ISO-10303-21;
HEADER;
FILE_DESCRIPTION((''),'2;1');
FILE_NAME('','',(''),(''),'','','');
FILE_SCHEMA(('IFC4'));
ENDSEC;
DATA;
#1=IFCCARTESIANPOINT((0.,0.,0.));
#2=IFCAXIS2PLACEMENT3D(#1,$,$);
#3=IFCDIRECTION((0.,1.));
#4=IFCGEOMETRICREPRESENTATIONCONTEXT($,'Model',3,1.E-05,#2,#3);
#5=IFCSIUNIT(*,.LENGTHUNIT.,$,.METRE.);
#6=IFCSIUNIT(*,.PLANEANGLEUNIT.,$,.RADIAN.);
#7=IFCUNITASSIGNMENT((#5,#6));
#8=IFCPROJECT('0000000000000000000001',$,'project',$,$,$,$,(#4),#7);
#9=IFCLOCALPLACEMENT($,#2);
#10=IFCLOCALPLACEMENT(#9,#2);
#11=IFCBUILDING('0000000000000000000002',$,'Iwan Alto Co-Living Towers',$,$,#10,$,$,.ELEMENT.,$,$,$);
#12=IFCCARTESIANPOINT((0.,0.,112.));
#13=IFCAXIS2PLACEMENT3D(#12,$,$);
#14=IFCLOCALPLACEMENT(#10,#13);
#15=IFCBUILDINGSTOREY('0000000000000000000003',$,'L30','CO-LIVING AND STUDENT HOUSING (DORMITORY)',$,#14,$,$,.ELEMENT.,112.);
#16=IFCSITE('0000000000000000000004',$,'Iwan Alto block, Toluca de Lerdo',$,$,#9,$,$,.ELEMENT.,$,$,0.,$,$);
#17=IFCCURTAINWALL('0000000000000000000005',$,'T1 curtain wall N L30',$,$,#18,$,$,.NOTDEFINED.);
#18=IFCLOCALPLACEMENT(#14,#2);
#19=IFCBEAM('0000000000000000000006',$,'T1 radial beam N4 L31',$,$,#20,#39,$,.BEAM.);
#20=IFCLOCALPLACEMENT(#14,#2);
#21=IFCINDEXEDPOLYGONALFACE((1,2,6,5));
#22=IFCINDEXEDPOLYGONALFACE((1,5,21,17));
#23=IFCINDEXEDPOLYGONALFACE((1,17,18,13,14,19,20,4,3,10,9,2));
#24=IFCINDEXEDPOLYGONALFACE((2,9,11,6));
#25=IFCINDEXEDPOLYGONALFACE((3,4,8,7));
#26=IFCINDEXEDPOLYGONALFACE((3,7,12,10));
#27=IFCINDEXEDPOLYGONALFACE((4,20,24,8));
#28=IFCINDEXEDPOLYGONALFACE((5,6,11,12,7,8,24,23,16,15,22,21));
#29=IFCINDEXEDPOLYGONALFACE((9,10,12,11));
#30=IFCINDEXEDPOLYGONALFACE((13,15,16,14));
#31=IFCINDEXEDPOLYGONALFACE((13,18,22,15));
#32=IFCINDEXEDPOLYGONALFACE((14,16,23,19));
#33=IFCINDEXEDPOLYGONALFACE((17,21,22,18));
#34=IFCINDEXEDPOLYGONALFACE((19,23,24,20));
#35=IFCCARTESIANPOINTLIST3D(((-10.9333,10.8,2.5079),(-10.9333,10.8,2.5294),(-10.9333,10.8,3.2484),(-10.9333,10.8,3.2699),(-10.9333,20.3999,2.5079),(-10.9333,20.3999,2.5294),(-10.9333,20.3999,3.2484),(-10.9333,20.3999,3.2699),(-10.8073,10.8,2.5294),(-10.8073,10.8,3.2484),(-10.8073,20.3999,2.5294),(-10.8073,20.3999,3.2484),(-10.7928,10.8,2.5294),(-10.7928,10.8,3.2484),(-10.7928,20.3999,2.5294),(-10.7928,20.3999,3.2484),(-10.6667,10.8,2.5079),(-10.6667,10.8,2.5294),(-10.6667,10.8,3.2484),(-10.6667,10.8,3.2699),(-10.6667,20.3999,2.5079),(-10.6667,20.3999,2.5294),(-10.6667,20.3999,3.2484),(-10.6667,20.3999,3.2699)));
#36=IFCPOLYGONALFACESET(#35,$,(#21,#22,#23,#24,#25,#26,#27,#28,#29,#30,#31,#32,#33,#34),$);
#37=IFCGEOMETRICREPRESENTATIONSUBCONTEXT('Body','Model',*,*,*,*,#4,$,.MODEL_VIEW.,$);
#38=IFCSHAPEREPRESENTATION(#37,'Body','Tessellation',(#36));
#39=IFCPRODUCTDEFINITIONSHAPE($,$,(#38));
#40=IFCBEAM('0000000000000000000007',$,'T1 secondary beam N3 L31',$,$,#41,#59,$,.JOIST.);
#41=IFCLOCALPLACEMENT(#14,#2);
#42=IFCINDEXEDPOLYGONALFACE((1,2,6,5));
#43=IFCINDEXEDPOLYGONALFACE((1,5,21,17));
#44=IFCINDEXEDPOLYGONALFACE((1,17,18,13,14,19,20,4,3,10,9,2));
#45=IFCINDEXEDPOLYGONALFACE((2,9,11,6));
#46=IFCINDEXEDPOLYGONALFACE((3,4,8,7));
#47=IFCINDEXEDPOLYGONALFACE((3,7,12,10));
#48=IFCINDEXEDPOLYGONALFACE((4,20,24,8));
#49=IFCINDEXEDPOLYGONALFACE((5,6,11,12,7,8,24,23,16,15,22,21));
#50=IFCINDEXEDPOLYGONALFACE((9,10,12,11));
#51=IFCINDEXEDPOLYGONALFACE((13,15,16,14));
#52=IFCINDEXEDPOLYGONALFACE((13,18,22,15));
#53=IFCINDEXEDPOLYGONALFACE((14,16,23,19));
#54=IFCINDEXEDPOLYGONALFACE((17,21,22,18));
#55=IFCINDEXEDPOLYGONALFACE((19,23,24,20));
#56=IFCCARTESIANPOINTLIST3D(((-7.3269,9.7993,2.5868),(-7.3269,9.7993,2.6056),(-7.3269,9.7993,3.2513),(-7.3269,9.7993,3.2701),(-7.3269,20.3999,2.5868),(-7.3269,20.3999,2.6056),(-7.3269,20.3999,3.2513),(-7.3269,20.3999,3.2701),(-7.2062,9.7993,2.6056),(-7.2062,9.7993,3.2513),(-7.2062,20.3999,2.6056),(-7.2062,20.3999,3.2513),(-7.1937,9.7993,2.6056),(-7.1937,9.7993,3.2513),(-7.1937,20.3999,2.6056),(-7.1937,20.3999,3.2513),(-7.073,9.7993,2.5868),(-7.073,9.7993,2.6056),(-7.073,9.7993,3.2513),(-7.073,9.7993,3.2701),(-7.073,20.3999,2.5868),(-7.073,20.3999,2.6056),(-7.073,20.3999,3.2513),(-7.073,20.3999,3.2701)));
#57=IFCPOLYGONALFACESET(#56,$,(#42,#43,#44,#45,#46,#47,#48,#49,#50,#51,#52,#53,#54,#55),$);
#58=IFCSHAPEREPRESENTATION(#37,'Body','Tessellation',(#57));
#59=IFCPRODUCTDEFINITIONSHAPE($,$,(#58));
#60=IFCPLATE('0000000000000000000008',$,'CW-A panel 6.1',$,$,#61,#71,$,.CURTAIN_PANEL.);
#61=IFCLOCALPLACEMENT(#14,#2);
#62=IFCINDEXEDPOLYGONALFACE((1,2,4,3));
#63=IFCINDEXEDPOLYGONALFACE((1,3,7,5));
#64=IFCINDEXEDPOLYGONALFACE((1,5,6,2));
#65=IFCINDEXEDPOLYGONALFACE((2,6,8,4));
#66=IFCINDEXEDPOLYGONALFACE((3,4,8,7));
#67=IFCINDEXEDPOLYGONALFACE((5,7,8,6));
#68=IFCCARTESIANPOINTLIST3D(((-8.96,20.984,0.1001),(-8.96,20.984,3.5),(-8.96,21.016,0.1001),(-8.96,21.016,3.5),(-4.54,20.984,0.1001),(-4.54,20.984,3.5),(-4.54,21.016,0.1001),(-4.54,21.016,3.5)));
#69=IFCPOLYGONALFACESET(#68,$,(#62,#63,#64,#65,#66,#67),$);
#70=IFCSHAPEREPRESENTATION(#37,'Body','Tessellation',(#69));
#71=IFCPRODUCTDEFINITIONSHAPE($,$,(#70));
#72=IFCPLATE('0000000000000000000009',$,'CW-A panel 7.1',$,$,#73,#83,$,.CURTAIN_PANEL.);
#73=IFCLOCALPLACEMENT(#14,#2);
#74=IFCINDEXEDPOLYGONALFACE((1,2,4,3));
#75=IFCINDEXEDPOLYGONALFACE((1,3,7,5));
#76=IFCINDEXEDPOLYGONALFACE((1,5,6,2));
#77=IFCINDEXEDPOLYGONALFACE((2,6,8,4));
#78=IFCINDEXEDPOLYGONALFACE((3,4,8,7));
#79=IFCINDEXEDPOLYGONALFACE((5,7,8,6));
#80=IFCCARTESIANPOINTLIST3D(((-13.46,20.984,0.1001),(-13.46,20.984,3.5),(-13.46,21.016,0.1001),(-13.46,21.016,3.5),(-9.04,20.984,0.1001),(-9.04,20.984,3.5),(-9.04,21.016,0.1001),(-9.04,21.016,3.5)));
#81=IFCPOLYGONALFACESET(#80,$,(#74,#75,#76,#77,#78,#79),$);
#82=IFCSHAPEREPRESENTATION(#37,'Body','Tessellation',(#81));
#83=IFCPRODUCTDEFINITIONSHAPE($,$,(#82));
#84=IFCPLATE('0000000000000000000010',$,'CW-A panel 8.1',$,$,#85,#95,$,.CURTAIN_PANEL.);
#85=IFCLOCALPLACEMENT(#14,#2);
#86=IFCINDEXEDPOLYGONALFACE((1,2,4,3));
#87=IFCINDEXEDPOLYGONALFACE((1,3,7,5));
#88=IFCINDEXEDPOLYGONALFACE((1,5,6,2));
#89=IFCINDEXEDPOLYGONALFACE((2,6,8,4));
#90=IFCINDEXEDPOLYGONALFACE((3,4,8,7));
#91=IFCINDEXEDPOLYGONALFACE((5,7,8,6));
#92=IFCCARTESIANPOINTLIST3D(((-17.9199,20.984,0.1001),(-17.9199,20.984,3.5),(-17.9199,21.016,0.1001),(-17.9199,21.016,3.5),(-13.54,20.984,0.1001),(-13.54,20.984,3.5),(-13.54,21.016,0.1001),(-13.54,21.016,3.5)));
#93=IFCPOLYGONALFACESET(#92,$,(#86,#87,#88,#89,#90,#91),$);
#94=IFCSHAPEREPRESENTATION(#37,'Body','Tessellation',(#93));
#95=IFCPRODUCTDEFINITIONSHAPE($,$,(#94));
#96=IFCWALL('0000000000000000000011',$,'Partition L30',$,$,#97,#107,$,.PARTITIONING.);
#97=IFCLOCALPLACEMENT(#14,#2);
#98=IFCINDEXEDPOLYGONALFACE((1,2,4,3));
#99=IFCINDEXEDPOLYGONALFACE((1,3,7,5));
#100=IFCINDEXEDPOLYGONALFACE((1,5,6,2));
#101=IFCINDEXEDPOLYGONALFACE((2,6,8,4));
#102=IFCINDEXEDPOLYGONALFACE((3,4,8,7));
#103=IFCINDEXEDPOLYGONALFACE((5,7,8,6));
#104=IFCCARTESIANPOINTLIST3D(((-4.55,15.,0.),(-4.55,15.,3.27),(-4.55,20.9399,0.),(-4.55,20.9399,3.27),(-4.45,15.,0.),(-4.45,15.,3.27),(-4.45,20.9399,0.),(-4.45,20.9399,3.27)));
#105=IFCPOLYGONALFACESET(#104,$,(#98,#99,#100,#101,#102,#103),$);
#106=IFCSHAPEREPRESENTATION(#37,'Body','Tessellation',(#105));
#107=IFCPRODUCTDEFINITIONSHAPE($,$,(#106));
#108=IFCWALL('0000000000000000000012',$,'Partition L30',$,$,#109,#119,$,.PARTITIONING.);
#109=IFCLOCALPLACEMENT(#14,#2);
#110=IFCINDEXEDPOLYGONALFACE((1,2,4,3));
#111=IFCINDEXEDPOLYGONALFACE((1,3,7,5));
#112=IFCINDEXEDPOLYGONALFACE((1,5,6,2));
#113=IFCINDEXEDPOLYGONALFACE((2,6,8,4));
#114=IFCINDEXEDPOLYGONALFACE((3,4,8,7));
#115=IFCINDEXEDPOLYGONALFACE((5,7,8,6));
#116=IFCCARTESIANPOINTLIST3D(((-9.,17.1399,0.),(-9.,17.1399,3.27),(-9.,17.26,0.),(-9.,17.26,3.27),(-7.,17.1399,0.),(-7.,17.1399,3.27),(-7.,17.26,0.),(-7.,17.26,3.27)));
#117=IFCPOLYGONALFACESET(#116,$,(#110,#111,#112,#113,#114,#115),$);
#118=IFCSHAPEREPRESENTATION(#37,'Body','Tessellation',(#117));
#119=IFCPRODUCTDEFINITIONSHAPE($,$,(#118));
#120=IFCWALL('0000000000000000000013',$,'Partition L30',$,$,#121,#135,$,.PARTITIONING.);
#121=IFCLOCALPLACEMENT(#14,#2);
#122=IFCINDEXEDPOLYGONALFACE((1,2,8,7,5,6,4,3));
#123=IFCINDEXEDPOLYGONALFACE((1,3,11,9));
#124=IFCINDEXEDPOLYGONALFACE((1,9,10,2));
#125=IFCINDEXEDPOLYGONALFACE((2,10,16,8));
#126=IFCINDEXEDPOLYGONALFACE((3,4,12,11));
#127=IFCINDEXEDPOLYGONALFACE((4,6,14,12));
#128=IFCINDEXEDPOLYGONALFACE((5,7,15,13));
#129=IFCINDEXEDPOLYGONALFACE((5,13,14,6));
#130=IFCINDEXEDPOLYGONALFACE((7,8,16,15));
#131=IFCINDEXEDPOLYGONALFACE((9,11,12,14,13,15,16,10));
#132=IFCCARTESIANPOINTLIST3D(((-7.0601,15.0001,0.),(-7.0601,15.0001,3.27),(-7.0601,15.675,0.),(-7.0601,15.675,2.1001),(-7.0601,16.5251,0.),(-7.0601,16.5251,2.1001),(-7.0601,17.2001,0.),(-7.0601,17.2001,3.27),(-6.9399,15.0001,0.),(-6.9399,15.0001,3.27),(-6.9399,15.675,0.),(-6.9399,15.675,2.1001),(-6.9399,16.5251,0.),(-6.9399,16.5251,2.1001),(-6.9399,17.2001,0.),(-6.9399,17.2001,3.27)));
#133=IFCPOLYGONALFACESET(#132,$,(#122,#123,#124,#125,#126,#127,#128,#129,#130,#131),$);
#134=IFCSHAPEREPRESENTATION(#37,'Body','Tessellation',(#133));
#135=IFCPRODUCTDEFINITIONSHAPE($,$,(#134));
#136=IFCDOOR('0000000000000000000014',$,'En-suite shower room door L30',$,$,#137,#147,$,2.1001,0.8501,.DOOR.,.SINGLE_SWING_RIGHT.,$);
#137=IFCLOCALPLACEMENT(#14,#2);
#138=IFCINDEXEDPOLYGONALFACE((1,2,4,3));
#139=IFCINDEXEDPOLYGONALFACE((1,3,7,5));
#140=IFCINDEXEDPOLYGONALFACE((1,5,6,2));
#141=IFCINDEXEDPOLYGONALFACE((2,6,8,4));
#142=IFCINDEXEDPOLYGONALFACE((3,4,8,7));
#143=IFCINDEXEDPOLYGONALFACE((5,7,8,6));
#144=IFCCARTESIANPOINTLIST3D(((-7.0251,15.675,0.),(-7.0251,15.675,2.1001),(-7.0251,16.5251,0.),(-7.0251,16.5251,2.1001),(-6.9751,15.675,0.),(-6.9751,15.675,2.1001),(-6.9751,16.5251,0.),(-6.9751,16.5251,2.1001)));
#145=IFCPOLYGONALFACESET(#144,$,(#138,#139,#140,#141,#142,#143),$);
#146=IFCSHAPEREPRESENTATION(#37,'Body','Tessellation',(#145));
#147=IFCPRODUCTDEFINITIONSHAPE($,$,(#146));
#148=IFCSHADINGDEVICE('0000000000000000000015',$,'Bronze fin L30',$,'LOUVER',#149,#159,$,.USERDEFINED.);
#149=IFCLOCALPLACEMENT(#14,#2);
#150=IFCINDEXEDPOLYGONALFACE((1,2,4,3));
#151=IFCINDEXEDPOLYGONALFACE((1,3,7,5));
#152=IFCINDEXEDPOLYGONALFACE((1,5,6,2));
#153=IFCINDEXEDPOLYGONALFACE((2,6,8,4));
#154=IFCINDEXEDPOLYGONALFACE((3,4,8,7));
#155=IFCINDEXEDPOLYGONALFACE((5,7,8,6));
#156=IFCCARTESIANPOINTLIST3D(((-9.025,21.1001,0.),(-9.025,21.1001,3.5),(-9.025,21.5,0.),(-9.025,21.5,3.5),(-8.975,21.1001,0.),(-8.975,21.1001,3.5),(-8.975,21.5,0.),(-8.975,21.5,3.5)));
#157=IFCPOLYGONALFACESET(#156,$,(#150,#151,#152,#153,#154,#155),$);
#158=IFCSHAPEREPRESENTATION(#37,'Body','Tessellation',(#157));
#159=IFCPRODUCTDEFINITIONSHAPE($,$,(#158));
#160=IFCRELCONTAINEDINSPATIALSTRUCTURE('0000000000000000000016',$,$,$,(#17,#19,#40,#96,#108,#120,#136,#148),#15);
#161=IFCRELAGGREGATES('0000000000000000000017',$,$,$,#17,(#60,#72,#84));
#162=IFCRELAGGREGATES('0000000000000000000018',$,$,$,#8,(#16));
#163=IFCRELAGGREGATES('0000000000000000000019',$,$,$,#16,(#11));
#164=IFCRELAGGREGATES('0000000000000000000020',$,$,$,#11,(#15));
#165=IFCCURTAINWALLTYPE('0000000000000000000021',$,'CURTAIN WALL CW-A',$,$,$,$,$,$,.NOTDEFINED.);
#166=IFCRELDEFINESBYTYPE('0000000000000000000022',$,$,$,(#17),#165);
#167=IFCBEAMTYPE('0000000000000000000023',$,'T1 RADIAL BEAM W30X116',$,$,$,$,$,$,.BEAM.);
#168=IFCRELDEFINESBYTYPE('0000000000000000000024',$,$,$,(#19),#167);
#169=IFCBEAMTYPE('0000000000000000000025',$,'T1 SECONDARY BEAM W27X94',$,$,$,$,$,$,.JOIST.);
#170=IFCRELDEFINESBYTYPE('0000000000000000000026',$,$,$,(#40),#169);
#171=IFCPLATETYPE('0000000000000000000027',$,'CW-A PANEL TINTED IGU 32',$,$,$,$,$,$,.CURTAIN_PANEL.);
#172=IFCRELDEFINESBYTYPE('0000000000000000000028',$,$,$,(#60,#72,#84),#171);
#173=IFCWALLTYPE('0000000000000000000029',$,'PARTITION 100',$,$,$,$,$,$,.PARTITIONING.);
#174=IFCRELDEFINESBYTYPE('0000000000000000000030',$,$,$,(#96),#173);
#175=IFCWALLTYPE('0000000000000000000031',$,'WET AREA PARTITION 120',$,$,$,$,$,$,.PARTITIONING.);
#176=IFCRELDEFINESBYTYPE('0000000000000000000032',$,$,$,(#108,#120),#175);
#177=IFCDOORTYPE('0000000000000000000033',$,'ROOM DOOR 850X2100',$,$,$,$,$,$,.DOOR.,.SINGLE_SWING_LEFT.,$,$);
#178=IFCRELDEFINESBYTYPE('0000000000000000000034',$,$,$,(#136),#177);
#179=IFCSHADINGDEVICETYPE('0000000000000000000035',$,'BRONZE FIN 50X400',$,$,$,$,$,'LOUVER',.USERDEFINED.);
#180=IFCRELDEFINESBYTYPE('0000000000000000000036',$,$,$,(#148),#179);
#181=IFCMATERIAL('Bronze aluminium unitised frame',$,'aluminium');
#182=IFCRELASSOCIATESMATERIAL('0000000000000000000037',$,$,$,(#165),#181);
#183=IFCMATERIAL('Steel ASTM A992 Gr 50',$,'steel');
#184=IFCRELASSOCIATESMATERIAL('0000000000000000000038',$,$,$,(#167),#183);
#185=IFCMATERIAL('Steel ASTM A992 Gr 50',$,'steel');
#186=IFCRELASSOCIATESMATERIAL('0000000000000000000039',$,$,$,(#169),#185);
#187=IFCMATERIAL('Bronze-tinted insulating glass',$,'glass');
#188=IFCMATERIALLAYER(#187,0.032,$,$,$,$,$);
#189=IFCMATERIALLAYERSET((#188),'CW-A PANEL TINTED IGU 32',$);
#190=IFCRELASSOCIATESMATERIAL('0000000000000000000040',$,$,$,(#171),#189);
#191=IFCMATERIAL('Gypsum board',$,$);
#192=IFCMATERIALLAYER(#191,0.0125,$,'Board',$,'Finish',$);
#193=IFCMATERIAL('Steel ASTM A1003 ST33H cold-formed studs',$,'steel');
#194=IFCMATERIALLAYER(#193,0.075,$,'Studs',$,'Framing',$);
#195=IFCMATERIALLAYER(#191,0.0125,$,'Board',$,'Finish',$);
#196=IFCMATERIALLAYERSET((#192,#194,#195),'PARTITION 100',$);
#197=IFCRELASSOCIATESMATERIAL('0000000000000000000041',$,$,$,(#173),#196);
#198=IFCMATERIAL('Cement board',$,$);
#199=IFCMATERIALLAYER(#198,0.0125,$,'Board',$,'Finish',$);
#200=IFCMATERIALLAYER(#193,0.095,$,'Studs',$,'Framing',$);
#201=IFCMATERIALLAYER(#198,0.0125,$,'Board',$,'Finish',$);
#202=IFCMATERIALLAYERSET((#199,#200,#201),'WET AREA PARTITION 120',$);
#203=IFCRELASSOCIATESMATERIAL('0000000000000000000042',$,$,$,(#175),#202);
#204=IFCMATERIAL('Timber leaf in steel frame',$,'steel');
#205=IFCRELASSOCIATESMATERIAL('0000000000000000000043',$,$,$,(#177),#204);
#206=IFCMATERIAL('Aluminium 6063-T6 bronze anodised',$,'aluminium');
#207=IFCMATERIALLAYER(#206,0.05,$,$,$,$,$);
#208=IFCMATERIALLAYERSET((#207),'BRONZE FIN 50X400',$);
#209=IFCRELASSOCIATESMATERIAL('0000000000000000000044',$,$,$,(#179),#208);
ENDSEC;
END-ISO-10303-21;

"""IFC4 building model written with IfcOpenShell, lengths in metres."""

from ifc_helpers import new_model, si_unit, direction, frame, frame_2d, origin, origin_2d, place, context, subcontext, project, spatial, rectangle, i_section, extrude, material, layer, layer_set, material_profile, profile_set, type_object, element, fill, aggregate, save


model = new_model("IFC4")

# Units and contexts
model_context = context("Model", 3, precision=1e-05, world=origin(), true_north=direction((0.0, 1.0)))
body_context = subcontext(model_context, "Body", "Model", "MODEL_VIEW")
ifc_project = project(units=[si_unit("LENGTHUNIT", "METRE"), si_unit("PLANEANGLEUNIT", "RADIAN")], contexts=[model_context])

# Site, building, storey
site_placement = place(None, origin())
site = spatial("IfcSite", under=ifc_project, at=site_placement, Name="Iwan Alto block, Toluca de Lerdo", CompositionType="ELEMENT", RefElevation=0.0)
building_placement = place(site_placement, origin())
building = spatial("IfcBuilding", under=site, at=building_placement, Name="Iwan Alto Co-Living Towers", CompositionType="ELEMENT")
storey_placement = place(building_placement, frame((0.0, 0.0, 112.0)))
storey = spatial("IfcBuildingStorey", under=building, at=storey_placement, Name="L30", Description="CO-LIVING AND STUDENT HOUSING (DORMITORY)", CompositionType="ELEMENT", Elevation=112.0)

# Curtain wall
ifc_material_1 = material(Name="Bronze aluminium unitised frame", Category="aluminium")
curtain_wall_type = type_object("IfcCurtainWallType", Name="CURTAIN WALL CW-A", PredefinedType="NOTDEFINED", material=ifc_material_1)
curtain_wall_placement = place(storey_placement, origin())
curtain_wall = element("IfcCurtainWall", 1, at=curtain_wall_placement, inside=storey, type_object=curtain_wall_type, Name="T1 curtain wall N L30", PredefinedType="NOTDEFINED")

# Beams
ifc_material_2 = material(Name="Steel ASTM A992 Gr 50", Category="steel")
ifc_material_profile_1 = material_profile(ifc_material_2, i_section(OverallWidth=0.2666, OverallDepth=0.762, WebThickness=0.0144, FlangeThickness=0.0215, at=origin_2d()), Name="W30X116")
ifc_profile_set_1 = profile_set([ifc_material_profile_1], Name="Steel ASTM A992 Gr 50")
beam_type_1 = type_object("IfcBeamType", Name="T1 RADIAL BEAM W30X116", PredefinedType="BEAM", material=ifc_profile_set_1)
beam_1_placement = place(storey_placement, frame((-10.8, 20.3999, 2.8889), z_axis=(0.0, -1.0, 0.0), x_axis=(1.0, 0.0, 0.0)))
element("IfcBeam", 2, at=beam_1_placement, inside=storey, type_object=beam_type_1, Name="T1 radial beam N4 L31", PredefinedType="BEAM", context=body_context, shape_type="SweptSolid", body=[
    extrude(i_section(OverallWidth=0.2666, OverallDepth=0.762, WebThickness=0.0144, FlangeThickness=0.0215, at=origin_2d()), origin(), (0.0, 0.0, 1.0), 9.5999),
])
ifc_material_3 = material(Name="Steel ASTM A992 Gr 50", Category="steel")
ifc_material_profile_2 = material_profile(ifc_material_3, i_section(OverallWidth=0.2539, OverallDepth=0.6833, WebThickness=0.0125, FlangeThickness=0.0188, at=origin_2d()), Name="W27X94")
ifc_profile_set_2 = profile_set([ifc_material_profile_2], Name="Steel ASTM A992 Gr 50")
beam_type_2 = type_object("IfcBeamType", Name="T1 SECONDARY BEAM W27X94", PredefinedType="JOIST", material=ifc_profile_set_2)
beam_2_placement = place(storey_placement, frame((-7.2, 20.3999, 2.9285), z_axis=(0.0, -1.0, 0.0), x_axis=(1.0, 0.0, 0.0)))
element("IfcBeam", 3, at=beam_2_placement, inside=storey, type_object=beam_type_2, Name="T1 secondary beam N3 L31", PredefinedType="JOIST", context=body_context, shape_type="SweptSolid", body=[
    extrude(i_section(OverallWidth=0.2539, OverallDepth=0.6833, WebThickness=0.0125, FlangeThickness=0.0188, at=origin_2d()), origin(), (0.0, 0.0, 1.0), 10.6006),
])

# Plates
ifc_material_4 = material(Name="Bronze-tinted insulating glass", Category="glass")
ifc_layer_1 = layer(ifc_material_4, 0.032)
ifc_layer_set_1 = layer_set([ifc_layer_1], Name="CW-A PANEL TINTED IGU 32")
plate_type = type_object("IfcPlateType", Name="CW-A PANEL TINTED IGU 32", PredefinedType="CURTAIN_PANEL", material=ifc_layer_set_1)
plate_1_placement = place(storey_placement, frame((-6.75, 21.0, 0.1001), z_axis=(0.0, 0.0, 1.0), x_axis=(-1.0, 0.0, 0.0)))
plate_1 = element("IfcPlate", 4, at=plate_1_placement, type_object=plate_type, Name="CW-A panel 6.1", PredefinedType="CURTAIN_PANEL", context=body_context, shape_type="SweptSolid", body=[
    extrude(rectangle(XDim=4.4199, YDim=0.032, at=origin_2d()), origin(), (0.0, 0.0, 1.0), 3.3999),
])
plate_2_placement = place(storey_placement, frame((-11.25, 21.0, 0.1001), z_axis=(0.0, 0.0, 1.0), x_axis=(-1.0, 0.0, 0.0)))
plate_2 = element("IfcPlate", 5, at=plate_2_placement, type_object=plate_type, Name="CW-A panel 7.1", PredefinedType="CURTAIN_PANEL", context=body_context, shape_type="SweptSolid", body=[
    extrude(rectangle(XDim=4.4199, YDim=0.032, at=origin_2d()), origin(), (0.0, 0.0, 1.0), 3.3999),
])
plate_3_placement = place(storey_placement, frame((-15.73, 21.0, 0.1001), z_axis=(0.0, 0.0, 1.0), x_axis=(-1.0, 0.0, 0.0)))
plate_3 = element("IfcPlate", 6, at=plate_3_placement, type_object=plate_type, Name="CW-A panel 8.1", PredefinedType="CURTAIN_PANEL", context=body_context, shape_type="SweptSolid", body=[
    extrude(rectangle(XDim=4.3799, YDim=0.032, at=origin_2d()), origin(), (0.0, 0.0, 1.0), 3.3999),
])
aggregate(curtain_wall, [plate_1, plate_2, plate_3])

# Walls
ifc_material_5 = material(Name="Gypsum board")
ifc_layer_2 = layer(ifc_material_5, 0.0125, Name="Board", Category="Finish")
ifc_material_6 = material(Name="Steel ASTM A1003 ST33H cold-formed studs", Category="steel")
ifc_layer_3 = layer(ifc_material_6, 0.075, Name="Studs", Category="Framing")
ifc_layer_4 = layer(ifc_material_5, 0.0125, Name="Board", Category="Finish")
ifc_layer_set_2 = layer_set([ifc_layer_2, ifc_layer_3, ifc_layer_4], Name="PARTITION 100")
wall_type_1 = type_object("IfcWallType", Name="PARTITION 100", PredefinedType="PARTITIONING", material=ifc_layer_set_2)
wall_1_placement = place(storey_placement, frame((-4.5, 15.0, 0.0), z_axis=(0.0, 0.0, 1.0), x_axis=(0.0, 1.0, 0.0)))
element("IfcWall", 7, at=wall_1_placement, inside=storey, type_object=wall_type_1, Name="Partition L30", PredefinedType="PARTITIONING", context=body_context, shape_type="SweptSolid", body=[
    extrude(rectangle(XDim=5.9399, YDim=0.1001, at=frame_2d((2.97, 0.0))), origin(), (0.0, 0.0, 1.0), 3.27),
])
ifc_material_7 = material(Name="Cement board")
ifc_layer_5 = layer(ifc_material_7, 0.0125, Name="Board", Category="Finish")
ifc_layer_6 = layer(ifc_material_6, 0.095, Name="Studs", Category="Framing")
ifc_layer_7 = layer(ifc_material_7, 0.0125, Name="Board", Category="Finish")
ifc_layer_set_3 = layer_set([ifc_layer_5, ifc_layer_6, ifc_layer_7], Name="WET AREA PARTITION 120")
wall_type_2 = type_object("IfcWallType", Name="WET AREA PARTITION 120", PredefinedType="PARTITIONING", material=ifc_layer_set_3)
wall_2_placement = place(storey_placement, frame((-9.0, 17.2, 0.0), z_axis=(0.0, 0.0, 1.0), x_axis=(1.0, 0.0, 0.0)))
element("IfcWall", 8, at=wall_2_placement, inside=storey, type_object=wall_type_2, Name="Partition L30", PredefinedType="PARTITIONING", context=body_context, shape_type="SweptSolid", body=[
    extrude(rectangle(XDim=2.0, YDim=0.1201, at=frame_2d((1.0, 0.0))), origin(), (0.0, 0.0, 1.0), 3.27),
])

# Wall, opening, door
wall_3_placement = place(storey_placement, frame((-7.0, 15.0, 0.0), z_axis=(0.0, 0.0, 1.0), x_axis=(0.0, 1.0, 0.0)))
wall_3 = element("IfcWall", 9, at=wall_3_placement, inside=storey, type_object=wall_type_2, Name="Partition L30", PredefinedType="PARTITIONING", context=body_context, shape_type="SweptSolid", body=[
    extrude(rectangle(XDim=2.2, YDim=0.1201, at=frame_2d((1.1001, 0.0))), origin(), (0.0, 0.0, 1.0), 3.27),
])
opening_placement = place(wall_3_placement, frame((0.675, 0.0, 0.0)))
opening = element("IfcOpeningElement", 10, at=opening_placement, cuts=wall_3, PredefinedType="OPENING", context=body_context, shape_type="SweptSolid", body=[
    extrude(rectangle(XDim=0.8501, YDim=2.1001, at=frame_2d((0.425, 1.05))), frame((0.0, 0.0701, 0.0), z_axis=(0.0, -1.0, 0.0), x_axis=(1.0, 0.0, 0.0)), (0.0, 0.0, 1.0), 0.1401),
])
ifc_material_8 = material(Name="Timber leaf in steel frame", Category="steel")
door_type = type_object("IfcDoorType", Name="ROOM DOOR 850X2100", OperationType="SINGLE_SWING_LEFT", PredefinedType="DOOR", material=ifc_material_8)
door_placement = place(opening_placement, frame((0.8501, 0.0, 0.0), z_axis=(0.0, 0.0, 1.0), x_axis=(-1.0, 0.0, 0.0)))
door = element("IfcDoor", 11, at=door_placement, inside=storey, type_object=door_type, Name="En-suite shower room door L30", OperationType="SINGLE_SWING_RIGHT", OverallHeight=2.1001, OverallWidth=0.8501, PredefinedType="DOOR", context=body_context, shape_type="SweptSolid", body=[
    extrude(rectangle(XDim=0.8501, YDim=2.1001, at=frame_2d((0.425, 1.05))), frame((0.0, 0.0249, 0.0), z_axis=(0.0, -1.0, 0.0), x_axis=(1.0, 0.0, 0.0)), (0.0, 0.0, 1.0), 0.05),
])
fill(opening, door)

# Shading device
ifc_material_9 = material(Name="Aluminium 6063-T6 bronze anodised", Category="aluminium")
ifc_layer_8 = layer(ifc_material_9, 0.05)
ifc_layer_set_4 = layer_set([ifc_layer_8], Name="BRONZE FIN 50X400")
shading_device_type = type_object("IfcShadingDeviceType", Name="BRONZE FIN 50X400", ElementType="LOUVER", PredefinedType="USERDEFINED", material=ifc_layer_set_4)
shading_device_placement = place(storey_placement, frame((-9.0, 21.3, 0.0), z_axis=(0.0, 0.0, 1.0), x_axis=(-1.0, 0.0, 0.0)))
element("IfcShadingDevice", 12, at=shading_device_placement, inside=storey, type_object=shading_device_type, Name="Bronze fin L30", ObjectType="LOUVER", PredefinedType="USERDEFINED", context=body_context, shape_type="SweptSolid", body=[
    extrude(rectangle(XDim=0.05, YDim=0.3999, at=origin_2d()), origin(), (0.0, 0.0, 1.0), 3.5),
])

save(model, "model.ifc")
